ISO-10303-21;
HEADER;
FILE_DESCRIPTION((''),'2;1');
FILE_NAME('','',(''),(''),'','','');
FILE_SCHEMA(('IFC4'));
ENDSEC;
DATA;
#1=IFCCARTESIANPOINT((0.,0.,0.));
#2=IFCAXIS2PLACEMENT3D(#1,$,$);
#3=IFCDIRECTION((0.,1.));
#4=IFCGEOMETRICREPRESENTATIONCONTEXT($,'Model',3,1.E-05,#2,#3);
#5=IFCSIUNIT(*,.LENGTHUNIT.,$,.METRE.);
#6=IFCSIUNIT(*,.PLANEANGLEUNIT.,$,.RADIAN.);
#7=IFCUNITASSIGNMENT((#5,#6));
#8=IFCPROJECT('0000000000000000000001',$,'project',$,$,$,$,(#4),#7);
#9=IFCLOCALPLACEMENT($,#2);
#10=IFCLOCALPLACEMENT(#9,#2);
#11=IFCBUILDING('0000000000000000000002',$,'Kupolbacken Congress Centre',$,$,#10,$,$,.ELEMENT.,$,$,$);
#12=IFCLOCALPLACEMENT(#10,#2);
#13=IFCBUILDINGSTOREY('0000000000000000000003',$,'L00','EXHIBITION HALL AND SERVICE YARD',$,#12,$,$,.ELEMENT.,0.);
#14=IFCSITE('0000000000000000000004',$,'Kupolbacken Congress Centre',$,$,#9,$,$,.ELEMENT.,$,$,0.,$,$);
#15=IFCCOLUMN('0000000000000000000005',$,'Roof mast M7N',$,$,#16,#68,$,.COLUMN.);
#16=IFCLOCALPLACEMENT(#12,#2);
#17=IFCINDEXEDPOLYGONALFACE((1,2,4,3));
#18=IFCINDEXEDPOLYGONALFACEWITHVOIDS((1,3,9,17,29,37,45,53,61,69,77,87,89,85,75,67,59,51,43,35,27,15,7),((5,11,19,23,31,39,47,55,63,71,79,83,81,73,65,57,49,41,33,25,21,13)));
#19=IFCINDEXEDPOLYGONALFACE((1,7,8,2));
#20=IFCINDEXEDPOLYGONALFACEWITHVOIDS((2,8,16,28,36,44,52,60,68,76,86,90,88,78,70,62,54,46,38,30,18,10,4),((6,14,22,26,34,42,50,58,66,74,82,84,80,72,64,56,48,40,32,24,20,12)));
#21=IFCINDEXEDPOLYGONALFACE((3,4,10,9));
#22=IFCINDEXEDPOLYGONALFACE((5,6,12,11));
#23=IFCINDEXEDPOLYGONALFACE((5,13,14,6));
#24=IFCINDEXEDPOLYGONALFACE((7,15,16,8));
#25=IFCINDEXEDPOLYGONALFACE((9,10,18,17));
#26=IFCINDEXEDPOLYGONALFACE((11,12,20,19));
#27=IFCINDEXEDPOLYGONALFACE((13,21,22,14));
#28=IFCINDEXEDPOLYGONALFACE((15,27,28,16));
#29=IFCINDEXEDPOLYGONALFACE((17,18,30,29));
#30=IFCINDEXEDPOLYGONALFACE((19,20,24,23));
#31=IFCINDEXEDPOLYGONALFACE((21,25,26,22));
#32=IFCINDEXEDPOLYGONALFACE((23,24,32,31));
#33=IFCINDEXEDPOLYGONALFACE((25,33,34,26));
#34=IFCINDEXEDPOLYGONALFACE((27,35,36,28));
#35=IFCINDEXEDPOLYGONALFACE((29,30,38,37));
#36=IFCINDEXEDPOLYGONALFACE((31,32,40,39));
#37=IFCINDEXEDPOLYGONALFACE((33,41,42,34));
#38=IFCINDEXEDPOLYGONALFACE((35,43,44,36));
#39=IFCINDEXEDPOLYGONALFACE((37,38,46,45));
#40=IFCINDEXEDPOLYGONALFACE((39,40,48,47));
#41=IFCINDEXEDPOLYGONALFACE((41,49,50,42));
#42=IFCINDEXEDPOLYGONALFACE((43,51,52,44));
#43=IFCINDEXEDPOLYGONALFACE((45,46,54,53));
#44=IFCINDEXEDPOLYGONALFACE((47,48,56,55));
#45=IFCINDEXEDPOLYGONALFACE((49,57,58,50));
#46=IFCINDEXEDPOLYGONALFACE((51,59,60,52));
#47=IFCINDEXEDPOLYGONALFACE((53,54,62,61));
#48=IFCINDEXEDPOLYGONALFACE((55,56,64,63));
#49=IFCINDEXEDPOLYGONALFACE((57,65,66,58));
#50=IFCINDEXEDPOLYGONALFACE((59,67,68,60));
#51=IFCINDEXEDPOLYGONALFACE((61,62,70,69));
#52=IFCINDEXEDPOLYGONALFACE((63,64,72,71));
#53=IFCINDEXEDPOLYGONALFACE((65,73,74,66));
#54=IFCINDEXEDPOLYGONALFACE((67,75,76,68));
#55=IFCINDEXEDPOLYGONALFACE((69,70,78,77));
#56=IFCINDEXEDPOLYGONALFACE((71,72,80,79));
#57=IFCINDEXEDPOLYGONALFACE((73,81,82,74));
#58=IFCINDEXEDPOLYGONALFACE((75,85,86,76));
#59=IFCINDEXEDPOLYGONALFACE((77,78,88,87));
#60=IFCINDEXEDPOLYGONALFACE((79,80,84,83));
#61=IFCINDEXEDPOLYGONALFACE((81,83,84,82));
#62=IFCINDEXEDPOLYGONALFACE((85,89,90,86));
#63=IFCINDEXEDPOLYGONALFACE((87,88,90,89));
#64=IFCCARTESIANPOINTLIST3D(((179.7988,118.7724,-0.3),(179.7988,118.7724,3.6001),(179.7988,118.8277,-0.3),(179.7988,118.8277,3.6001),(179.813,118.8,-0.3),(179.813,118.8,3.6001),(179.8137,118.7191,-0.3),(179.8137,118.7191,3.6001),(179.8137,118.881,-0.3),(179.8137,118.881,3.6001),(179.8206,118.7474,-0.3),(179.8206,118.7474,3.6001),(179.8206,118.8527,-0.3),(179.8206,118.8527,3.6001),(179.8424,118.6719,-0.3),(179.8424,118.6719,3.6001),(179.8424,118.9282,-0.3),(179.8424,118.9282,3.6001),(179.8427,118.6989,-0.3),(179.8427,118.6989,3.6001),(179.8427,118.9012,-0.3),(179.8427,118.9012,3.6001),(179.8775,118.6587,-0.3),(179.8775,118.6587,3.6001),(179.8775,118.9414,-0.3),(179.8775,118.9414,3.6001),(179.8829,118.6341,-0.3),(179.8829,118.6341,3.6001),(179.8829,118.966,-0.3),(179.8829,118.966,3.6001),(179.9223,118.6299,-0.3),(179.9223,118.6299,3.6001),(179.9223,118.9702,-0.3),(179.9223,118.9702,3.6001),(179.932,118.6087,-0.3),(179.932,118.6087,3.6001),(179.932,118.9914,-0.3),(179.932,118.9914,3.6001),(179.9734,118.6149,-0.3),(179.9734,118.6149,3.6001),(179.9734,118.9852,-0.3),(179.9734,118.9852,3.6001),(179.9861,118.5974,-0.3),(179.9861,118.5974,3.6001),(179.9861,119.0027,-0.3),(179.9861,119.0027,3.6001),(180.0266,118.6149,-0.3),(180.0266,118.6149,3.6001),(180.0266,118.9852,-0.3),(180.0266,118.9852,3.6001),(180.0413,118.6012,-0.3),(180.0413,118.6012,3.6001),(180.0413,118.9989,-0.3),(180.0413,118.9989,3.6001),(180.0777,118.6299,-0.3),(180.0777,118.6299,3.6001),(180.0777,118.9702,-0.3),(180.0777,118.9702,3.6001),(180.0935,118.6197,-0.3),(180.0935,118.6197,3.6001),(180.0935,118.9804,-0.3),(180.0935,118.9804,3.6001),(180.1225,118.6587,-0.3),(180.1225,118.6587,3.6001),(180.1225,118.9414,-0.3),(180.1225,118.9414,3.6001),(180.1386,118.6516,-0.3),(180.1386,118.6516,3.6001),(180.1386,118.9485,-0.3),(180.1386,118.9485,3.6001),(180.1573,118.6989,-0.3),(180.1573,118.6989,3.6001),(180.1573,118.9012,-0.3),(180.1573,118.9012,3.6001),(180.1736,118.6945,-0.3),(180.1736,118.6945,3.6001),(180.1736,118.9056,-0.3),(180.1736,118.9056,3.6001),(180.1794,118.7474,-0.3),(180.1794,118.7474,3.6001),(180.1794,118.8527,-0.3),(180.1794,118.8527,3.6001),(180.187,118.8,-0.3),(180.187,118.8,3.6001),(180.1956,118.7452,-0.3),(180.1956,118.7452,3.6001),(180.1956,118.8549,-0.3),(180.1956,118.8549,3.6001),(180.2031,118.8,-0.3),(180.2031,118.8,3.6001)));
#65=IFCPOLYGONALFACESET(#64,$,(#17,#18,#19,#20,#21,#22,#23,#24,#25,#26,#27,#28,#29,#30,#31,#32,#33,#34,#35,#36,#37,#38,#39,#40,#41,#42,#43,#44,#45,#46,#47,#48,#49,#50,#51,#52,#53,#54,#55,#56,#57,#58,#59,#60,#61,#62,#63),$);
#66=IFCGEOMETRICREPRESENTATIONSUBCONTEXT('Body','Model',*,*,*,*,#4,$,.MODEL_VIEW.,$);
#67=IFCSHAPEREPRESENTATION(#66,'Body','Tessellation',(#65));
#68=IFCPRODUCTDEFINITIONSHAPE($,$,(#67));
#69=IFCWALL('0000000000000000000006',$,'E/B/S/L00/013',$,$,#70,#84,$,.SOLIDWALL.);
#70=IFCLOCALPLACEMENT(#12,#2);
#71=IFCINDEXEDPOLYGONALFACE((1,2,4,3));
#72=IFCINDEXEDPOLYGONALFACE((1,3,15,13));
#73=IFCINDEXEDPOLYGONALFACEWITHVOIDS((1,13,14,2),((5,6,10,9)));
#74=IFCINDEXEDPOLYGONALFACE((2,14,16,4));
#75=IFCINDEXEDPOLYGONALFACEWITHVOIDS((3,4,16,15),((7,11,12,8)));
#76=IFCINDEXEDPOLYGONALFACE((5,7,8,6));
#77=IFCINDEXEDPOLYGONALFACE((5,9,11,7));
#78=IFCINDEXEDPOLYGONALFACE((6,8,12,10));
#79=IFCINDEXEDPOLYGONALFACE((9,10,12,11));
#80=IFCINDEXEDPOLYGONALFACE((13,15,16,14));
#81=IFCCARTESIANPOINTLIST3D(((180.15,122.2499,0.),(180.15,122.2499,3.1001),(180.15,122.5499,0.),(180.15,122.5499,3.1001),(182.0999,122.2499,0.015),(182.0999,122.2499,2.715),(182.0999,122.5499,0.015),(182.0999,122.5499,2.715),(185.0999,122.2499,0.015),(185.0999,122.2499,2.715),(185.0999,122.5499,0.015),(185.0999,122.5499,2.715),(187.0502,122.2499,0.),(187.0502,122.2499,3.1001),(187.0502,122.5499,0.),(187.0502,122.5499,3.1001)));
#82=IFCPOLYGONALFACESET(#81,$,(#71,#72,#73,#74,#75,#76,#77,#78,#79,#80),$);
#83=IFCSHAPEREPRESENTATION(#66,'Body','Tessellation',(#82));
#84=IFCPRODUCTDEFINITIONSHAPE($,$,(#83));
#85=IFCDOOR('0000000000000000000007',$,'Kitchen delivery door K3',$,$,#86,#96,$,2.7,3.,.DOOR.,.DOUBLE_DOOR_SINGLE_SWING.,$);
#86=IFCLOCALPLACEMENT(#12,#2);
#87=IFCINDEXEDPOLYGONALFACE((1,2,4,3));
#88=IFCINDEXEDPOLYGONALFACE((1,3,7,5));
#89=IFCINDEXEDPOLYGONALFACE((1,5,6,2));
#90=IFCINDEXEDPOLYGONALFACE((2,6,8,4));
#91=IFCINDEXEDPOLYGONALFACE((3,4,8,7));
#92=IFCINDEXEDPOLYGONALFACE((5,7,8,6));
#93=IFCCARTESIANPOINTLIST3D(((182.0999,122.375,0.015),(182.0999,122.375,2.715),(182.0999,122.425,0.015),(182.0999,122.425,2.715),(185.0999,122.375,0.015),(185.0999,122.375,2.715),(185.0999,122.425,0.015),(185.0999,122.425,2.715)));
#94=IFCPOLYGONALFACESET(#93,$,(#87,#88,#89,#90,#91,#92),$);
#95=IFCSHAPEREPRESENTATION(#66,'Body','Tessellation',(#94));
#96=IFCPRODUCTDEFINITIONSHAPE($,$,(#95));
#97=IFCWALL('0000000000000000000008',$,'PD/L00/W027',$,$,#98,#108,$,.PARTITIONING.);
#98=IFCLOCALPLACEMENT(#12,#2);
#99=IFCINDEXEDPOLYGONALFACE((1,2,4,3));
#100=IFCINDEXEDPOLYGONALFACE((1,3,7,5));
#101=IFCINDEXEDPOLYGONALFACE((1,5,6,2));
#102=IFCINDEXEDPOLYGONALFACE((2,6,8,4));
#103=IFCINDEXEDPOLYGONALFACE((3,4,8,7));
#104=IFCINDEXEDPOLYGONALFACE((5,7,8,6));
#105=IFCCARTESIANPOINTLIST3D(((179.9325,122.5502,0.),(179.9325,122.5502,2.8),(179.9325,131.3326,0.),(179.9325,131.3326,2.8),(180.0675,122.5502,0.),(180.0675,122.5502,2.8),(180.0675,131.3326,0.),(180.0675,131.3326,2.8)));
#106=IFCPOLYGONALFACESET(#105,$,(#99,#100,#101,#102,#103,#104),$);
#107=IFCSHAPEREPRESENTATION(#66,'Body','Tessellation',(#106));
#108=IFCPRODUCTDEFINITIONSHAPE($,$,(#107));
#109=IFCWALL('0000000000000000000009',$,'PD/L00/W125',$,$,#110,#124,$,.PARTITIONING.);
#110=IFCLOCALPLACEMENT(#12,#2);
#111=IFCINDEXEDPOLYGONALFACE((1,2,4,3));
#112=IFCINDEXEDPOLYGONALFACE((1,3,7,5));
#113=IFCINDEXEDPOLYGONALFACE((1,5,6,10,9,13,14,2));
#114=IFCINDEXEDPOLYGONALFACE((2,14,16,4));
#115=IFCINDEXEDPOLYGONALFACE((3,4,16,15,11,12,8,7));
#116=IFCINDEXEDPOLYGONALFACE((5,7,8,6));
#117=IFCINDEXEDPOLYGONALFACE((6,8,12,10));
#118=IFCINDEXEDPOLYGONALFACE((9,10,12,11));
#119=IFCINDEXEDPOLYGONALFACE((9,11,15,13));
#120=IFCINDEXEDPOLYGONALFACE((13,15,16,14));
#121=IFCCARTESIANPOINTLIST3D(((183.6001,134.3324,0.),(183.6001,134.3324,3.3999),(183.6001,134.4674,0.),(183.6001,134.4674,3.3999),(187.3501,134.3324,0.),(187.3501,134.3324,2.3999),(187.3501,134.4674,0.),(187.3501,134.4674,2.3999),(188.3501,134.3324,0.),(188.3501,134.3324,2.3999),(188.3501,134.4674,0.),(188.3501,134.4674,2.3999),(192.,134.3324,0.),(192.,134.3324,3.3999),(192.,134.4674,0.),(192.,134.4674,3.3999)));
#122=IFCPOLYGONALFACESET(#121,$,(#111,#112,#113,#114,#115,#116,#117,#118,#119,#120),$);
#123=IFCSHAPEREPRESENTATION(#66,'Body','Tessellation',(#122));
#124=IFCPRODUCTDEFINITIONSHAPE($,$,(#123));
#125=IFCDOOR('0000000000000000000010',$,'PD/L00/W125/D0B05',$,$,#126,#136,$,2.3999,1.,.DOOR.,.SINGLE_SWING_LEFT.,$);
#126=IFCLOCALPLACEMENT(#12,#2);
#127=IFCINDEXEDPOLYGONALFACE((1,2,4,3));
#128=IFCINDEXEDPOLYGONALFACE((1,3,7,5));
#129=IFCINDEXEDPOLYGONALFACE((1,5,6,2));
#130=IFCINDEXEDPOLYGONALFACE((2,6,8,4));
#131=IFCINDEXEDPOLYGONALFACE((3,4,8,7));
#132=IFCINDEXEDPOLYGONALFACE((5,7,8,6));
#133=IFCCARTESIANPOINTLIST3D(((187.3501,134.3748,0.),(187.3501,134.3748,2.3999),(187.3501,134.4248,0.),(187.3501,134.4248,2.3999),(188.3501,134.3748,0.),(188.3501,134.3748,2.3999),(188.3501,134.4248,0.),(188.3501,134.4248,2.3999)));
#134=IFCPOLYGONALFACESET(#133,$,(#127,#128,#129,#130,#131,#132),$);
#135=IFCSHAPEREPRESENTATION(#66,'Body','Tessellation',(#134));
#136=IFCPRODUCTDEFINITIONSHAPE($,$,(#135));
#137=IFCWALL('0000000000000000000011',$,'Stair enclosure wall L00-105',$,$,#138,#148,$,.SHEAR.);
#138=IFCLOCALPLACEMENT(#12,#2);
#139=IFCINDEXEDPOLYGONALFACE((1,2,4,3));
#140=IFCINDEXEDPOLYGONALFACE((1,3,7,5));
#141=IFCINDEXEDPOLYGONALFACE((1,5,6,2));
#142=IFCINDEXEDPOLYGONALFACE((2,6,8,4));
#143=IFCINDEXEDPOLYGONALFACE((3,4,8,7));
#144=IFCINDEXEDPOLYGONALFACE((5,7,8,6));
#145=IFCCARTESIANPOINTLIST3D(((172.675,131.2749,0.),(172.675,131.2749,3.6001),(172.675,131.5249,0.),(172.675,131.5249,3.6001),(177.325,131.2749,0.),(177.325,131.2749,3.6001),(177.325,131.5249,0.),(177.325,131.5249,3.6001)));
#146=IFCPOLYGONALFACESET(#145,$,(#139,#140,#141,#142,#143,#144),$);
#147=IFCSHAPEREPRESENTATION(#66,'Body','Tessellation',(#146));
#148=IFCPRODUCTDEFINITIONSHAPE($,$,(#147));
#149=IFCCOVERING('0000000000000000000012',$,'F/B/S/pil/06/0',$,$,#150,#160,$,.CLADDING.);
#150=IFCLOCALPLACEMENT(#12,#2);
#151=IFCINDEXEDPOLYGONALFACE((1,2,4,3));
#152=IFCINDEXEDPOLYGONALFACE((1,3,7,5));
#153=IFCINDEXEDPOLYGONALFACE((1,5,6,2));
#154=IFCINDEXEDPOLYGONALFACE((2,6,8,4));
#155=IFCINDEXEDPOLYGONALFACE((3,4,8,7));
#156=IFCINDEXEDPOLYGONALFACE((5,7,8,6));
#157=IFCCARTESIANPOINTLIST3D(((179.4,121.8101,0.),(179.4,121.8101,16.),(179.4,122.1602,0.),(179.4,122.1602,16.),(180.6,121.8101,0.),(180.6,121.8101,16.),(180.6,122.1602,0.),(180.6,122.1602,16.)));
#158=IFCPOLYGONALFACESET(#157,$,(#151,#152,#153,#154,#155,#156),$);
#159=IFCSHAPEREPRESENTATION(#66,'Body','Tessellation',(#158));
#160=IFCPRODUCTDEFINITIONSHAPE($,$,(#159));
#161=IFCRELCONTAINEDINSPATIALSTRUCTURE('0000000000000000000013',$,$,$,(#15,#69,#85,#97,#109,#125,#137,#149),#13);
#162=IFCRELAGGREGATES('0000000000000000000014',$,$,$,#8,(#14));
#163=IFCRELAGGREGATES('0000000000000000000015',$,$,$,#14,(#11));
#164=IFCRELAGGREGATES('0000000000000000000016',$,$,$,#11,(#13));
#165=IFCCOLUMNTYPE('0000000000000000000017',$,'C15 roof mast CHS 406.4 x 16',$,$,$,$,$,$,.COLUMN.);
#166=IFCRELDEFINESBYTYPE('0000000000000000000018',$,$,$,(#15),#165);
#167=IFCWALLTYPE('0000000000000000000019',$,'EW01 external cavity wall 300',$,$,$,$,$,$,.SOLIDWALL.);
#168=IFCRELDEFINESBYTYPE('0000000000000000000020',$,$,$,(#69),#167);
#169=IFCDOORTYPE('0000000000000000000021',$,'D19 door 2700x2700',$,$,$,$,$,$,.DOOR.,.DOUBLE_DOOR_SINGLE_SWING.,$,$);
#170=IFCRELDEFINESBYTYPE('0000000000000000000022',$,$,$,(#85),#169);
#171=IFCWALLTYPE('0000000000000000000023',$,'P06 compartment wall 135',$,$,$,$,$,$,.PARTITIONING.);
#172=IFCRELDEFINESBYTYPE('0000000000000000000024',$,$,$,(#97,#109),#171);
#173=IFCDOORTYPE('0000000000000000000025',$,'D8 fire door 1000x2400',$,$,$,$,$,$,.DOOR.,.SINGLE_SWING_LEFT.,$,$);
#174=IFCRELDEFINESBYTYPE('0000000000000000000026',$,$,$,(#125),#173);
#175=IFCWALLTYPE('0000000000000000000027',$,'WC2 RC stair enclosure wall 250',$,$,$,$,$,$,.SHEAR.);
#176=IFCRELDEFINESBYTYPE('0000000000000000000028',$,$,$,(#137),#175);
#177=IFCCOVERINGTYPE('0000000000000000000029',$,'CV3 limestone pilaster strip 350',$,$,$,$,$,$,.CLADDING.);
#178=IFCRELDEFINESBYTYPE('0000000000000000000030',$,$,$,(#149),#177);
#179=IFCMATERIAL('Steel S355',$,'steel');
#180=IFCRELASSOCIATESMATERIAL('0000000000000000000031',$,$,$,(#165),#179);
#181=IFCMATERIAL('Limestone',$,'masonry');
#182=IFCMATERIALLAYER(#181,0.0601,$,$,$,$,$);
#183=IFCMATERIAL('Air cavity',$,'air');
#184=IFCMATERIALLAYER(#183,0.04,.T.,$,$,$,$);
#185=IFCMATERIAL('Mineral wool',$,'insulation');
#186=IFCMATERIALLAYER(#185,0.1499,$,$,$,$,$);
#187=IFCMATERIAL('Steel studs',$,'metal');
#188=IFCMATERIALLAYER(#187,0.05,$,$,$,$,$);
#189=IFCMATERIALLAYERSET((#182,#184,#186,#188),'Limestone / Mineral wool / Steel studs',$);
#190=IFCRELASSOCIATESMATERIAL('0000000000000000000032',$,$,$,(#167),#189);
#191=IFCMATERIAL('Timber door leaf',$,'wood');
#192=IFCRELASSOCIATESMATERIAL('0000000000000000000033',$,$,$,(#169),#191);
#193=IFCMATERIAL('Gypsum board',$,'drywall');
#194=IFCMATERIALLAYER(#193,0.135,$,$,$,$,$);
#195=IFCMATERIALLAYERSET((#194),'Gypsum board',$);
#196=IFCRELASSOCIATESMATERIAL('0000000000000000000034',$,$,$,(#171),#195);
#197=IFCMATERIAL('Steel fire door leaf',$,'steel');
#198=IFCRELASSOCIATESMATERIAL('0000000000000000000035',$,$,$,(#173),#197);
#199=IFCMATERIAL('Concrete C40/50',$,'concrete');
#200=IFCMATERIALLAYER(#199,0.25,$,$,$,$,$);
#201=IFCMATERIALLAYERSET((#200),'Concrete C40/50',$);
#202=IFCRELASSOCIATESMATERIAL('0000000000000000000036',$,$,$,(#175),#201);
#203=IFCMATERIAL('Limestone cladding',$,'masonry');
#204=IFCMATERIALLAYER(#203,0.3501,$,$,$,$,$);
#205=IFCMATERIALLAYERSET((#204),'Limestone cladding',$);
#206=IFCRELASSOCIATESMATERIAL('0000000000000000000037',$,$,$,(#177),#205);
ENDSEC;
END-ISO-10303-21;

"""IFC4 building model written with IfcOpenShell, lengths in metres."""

from ifc_helpers import new_model, si_unit, direction, frame, frame_2d, origin, origin_2d, place, context, subcontext, project, spatial, rectangle, hollow_circle, extrude, material, layer, layer_set, material_profile, profile_set, type_object, element, fill, save


model = new_model("IFC4")

# Units and contexts
model_context = context("Model", 3, precision=1e-05, world=origin(), true_north=direction((0.0, 1.0)))
body_context = subcontext(model_context, "Body", "Model", "MODEL_VIEW")
ifc_project = project(units=[si_unit("LENGTHUNIT", "METRE"), si_unit("PLANEANGLEUNIT", "RADIAN")], contexts=[model_context])

# Site, building, storey
site_placement = place(None, origin())
site = spatial("IfcSite", under=ifc_project, at=site_placement, Name="Kupolbacken Congress Centre", CompositionType="ELEMENT", RefElevation=0.0)
building_placement = place(site_placement, origin())
building = spatial("IfcBuilding", under=site, at=building_placement, Name="Kupolbacken Congress Centre", CompositionType="ELEMENT")
storey_placement = place(building_placement, origin())
storey = spatial("IfcBuildingStorey", under=building, at=storey_placement, Name="L00", Description="EXHIBITION HALL AND SERVICE YARD", CompositionType="ELEMENT", Elevation=0.0)

# Column
ifc_material_1 = material(Name="Steel S355", Category="steel")
ifc_material_profile_1 = material_profile(ifc_material_1, hollow_circle(Radius=0.2031, WallThickness=0.0161, at=origin_2d()), Name="CHS 406.4 x 16")
ifc_profile_set_1 = profile_set([ifc_material_profile_1], Name="Steel S355")
column_type_1 = type_object("IfcColumnType", Name="C15 roof mast CHS 406.4 x 16", PredefinedType="COLUMN", material=ifc_profile_set_1)
column_1_placement = place(storey_placement, frame((180.0, 118.8, -0.3), z_axis=(0.0, 0.0, 1.0), x_axis=(1.0, 0.0, 0.0)))
element("IfcColumn", 1, at=column_1_placement, inside=storey, type_object=column_type_1, Name="Roof mast M7N", PredefinedType="COLUMN", context=body_context, shape_type="SweptSolid", body=[
    extrude(hollow_circle(Radius=0.2031, WallThickness=0.0161, at=origin_2d()), origin(), (0.0, 0.0, 1.0), 3.9001),
])

# Wall, opening, door
ifc_material_2 = material(Name="Limestone", Category="masonry")
ifc_layer_1 = layer(ifc_material_2, 0.0601)
ifc_material_3 = material(Name="Air cavity", Category="air")
ifc_layer_2 = layer(ifc_material_3, 0.04, ventilated=True)
ifc_material_4 = material(Name="Mineral wool", Category="insulation")
ifc_layer_3 = layer(ifc_material_4, 0.1499)
ifc_material_5 = material(Name="Steel studs", Category="metal")
ifc_layer_4 = layer(ifc_material_5, 0.05)
ifc_layer_set_1 = layer_set([ifc_layer_1, ifc_layer_2, ifc_layer_3, ifc_layer_4], Name="Limestone / Mineral wool / Steel studs")
wall_type_1 = type_object("IfcWallType", Name="EW01 external cavity wall 300", PredefinedType="SOLIDWALL", material=ifc_layer_set_1)
wall_1_placement = place(storey_placement, frame((180.1499, 122.3999, 0.0), z_axis=(0.0, 0.0, 1.0), x_axis=(1.0, 0.0, 0.0)))
wall_1 = element("IfcWall", 2, at=wall_1_placement, inside=storey, type_object=wall_type_1, Name="E/B/S/L00/013", PredefinedType="SOLIDWALL", context=body_context, shape_type="SweptSolid", body=[
    extrude(rectangle(XDim=6.9001, YDim=0.3, at=frame_2d((3.4502, 0.0))), origin(), (0.0, 0.0, 1.0), 3.1001),
])
opening_1_placement = place(wall_1_placement, frame((1.95, 0.0, 0.0149)))
opening_1 = element("IfcOpeningElement", 3, at=opening_1_placement, cuts=wall_1, PredefinedType="OPENING", context=body_context, shape_type="SweptSolid", body=[
    extrude(rectangle(XDim=3.0, YDim=2.7, at=frame_2d((1.5, 1.3501))), frame((0.0, 0.1599, 0.0), z_axis=(0.0, -1.0, 0.0), x_axis=(1.0, 0.0, 0.0)), (0.0, 0.0, 1.0), 0.3201),
])
ifc_material_6 = material(Name="Timber door leaf", Category="wood")
door_type_1 = type_object("IfcDoorType", Name="D19 door 2700x2700", OperationType="DOUBLE_DOOR_SINGLE_SWING", PredefinedType="DOOR", material=ifc_material_6)
door_1_placement = place(opening_1_placement, frame((3.0, 0.0, 0.0), z_axis=(0.0, 0.0, 1.0), x_axis=(-1.0, 0.0, 0.0)))
door_1 = element("IfcDoor", 4, at=door_1_placement, inside=storey, type_object=door_type_1, Name="Kitchen delivery door K3", OperationType="DOUBLE_DOOR_SINGLE_SWING", OverallHeight=2.7, OverallWidth=3.0, PredefinedType="DOOR", context=body_context, shape_type="SweptSolid", body=[
    extrude(rectangle(XDim=3.0, YDim=2.7, at=frame_2d((1.5, 1.3501))), frame((0.0, 0.0249, 0.0), z_axis=(0.0, -1.0, 0.0), x_axis=(1.0, 0.0, 0.0)), (0.0, 0.0, 1.0), 0.05),
])
fill(opening_1, door_1)

# Wall
ifc_material_7 = material(Name="Gypsum board", Category="drywall")
ifc_layer_5 = layer(ifc_material_7, 0.135)
ifc_layer_set_2 = layer_set([ifc_layer_5], Name="Gypsum board")
wall_type_2 = type_object("IfcWallType", Name="P06 compartment wall 135", PredefinedType="PARTITIONING", material=ifc_layer_set_2)
wall_2_placement = place(storey_placement, frame((180.0, 131.3325, 0.0), z_axis=(0.0, 0.0, 1.0), x_axis=(0.0, -1.0, 0.0)))
element("IfcWall", 5, at=wall_2_placement, inside=storey, type_object=wall_type_2, Name="PD/L00/W027", PredefinedType="PARTITIONING", context=body_context, shape_type="SweptSolid", body=[
    extrude(rectangle(XDim=8.7825, YDim=0.135, at=frame_2d((4.3911, 0.0))), origin(), (0.0, 0.0, 1.0), 2.8),
])

# Wall, opening, door
wall_3_placement = place(storey_placement, frame((183.6001, 134.3999, 0.0), z_axis=(0.0, 0.0, 1.0), x_axis=(1.0, 0.0, 0.0)))
wall_3 = element("IfcWall", 6, at=wall_3_placement, inside=storey, type_object=wall_type_2, Name="PD/L00/W125", PredefinedType="PARTITIONING", context=body_context, shape_type="SweptSolid", body=[
    extrude(rectangle(XDim=8.3999, YDim=0.135, at=frame_2d((4.2, 0.0))), origin(), (0.0, 0.0, 1.0), 3.3999),
])
opening_2_placement = place(wall_3_placement, frame((3.75, 0.0, 0.0)))
opening_2 = element("IfcOpeningElement", 7, at=opening_2_placement, cuts=wall_3, PredefinedType="OPENING", context=body_context, shape_type="SweptSolid", body=[
    extrude(rectangle(XDim=1.0, YDim=2.3999, at=frame_2d((0.5, 1.2))), frame((0.0, 0.0774, 0.0), z_axis=(0.0, -1.0, 0.0), x_axis=(1.0, 0.0, 0.0)), (0.0, 0.0, 1.0), 0.155),
])
ifc_material_8 = material(Name="Steel fire door leaf", Category="steel")
door_type_2 = type_object("IfcDoorType", Name="D8 fire door 1000x2400", OperationType="SINGLE_SWING_LEFT", PredefinedType="DOOR", material=ifc_material_8)
door_2_placement = place(opening_2_placement, origin())
door_2 = element("IfcDoor", 8, at=door_2_placement, inside=storey, type_object=door_type_2, Name="PD/L00/W125/D0B05", OperationType="SINGLE_SWING_LEFT", OverallHeight=2.3999, OverallWidth=1.0, PredefinedType="DOOR", context=body_context, shape_type="SweptSolid", body=[
    extrude(rectangle(XDim=1.0, YDim=2.3999, at=frame_2d((0.5, 1.2))), frame((0.0, 0.0249, 0.0), z_axis=(0.0, -1.0, 0.0), x_axis=(1.0, 0.0, 0.0)), (0.0, 0.0, 1.0), 0.05),
])
fill(opening_2, door_2)
ifc_material_9 = material(Name="Concrete C40/50", Category="concrete")
ifc_layer_6 = layer(ifc_material_9, 0.25)
ifc_layer_set_3 = layer_set([ifc_layer_6], Name="Concrete C40/50")
wall_type_3 = type_object("IfcWallType", Name="WC2 RC stair enclosure wall 250", PredefinedType="SHEAR", material=ifc_layer_set_3)

# Wall
wall_4_placement = place(storey_placement, frame((177.325, 131.3999, 0.0), z_axis=(0.0, 0.0, 1.0), x_axis=(-1.0, 0.0, 0.0)))
element("IfcWall", 9, at=wall_4_placement, inside=storey, type_object=wall_type_3, Name="Stair enclosure wall L00-105", PredefinedType="SHEAR", context=body_context, shape_type="SweptSolid", body=[
    extrude(rectangle(XDim=4.6499, YDim=0.25, at=frame_2d((2.325, 0.0))), origin(), (0.0, 0.0, 1.0), 3.6001),
])

# Covering
ifc_material_10 = material(Name="Limestone cladding", Category="masonry")
ifc_layer_7 = layer(ifc_material_10, 0.3501)
ifc_layer_set_4 = layer_set([ifc_layer_7], Name="Limestone cladding")
covering_type = type_object("IfcCoveringType", Name="CV3 limestone pilaster strip 350", PredefinedType="CLADDING", material=ifc_layer_set_4)
covering_placement = place(storey_placement, frame((180.0, 121.9851, 0.0), z_axis=(0.0, 0.0, 1.0), x_axis=(1.0, 0.0, 0.0)))
element("IfcCovering", 10, at=covering_placement, inside=storey, type_object=covering_type, Name="F/B/S/pil/06/0", PredefinedType="CLADDING", context=body_context, shape_type="SweptSolid", body=[
    extrude(rectangle(XDim=1.2, YDim=0.3501, at=origin_2d()), origin(), (0.0, 0.0, 1.0), 16.0),
])

save(model, "model.ifc")
